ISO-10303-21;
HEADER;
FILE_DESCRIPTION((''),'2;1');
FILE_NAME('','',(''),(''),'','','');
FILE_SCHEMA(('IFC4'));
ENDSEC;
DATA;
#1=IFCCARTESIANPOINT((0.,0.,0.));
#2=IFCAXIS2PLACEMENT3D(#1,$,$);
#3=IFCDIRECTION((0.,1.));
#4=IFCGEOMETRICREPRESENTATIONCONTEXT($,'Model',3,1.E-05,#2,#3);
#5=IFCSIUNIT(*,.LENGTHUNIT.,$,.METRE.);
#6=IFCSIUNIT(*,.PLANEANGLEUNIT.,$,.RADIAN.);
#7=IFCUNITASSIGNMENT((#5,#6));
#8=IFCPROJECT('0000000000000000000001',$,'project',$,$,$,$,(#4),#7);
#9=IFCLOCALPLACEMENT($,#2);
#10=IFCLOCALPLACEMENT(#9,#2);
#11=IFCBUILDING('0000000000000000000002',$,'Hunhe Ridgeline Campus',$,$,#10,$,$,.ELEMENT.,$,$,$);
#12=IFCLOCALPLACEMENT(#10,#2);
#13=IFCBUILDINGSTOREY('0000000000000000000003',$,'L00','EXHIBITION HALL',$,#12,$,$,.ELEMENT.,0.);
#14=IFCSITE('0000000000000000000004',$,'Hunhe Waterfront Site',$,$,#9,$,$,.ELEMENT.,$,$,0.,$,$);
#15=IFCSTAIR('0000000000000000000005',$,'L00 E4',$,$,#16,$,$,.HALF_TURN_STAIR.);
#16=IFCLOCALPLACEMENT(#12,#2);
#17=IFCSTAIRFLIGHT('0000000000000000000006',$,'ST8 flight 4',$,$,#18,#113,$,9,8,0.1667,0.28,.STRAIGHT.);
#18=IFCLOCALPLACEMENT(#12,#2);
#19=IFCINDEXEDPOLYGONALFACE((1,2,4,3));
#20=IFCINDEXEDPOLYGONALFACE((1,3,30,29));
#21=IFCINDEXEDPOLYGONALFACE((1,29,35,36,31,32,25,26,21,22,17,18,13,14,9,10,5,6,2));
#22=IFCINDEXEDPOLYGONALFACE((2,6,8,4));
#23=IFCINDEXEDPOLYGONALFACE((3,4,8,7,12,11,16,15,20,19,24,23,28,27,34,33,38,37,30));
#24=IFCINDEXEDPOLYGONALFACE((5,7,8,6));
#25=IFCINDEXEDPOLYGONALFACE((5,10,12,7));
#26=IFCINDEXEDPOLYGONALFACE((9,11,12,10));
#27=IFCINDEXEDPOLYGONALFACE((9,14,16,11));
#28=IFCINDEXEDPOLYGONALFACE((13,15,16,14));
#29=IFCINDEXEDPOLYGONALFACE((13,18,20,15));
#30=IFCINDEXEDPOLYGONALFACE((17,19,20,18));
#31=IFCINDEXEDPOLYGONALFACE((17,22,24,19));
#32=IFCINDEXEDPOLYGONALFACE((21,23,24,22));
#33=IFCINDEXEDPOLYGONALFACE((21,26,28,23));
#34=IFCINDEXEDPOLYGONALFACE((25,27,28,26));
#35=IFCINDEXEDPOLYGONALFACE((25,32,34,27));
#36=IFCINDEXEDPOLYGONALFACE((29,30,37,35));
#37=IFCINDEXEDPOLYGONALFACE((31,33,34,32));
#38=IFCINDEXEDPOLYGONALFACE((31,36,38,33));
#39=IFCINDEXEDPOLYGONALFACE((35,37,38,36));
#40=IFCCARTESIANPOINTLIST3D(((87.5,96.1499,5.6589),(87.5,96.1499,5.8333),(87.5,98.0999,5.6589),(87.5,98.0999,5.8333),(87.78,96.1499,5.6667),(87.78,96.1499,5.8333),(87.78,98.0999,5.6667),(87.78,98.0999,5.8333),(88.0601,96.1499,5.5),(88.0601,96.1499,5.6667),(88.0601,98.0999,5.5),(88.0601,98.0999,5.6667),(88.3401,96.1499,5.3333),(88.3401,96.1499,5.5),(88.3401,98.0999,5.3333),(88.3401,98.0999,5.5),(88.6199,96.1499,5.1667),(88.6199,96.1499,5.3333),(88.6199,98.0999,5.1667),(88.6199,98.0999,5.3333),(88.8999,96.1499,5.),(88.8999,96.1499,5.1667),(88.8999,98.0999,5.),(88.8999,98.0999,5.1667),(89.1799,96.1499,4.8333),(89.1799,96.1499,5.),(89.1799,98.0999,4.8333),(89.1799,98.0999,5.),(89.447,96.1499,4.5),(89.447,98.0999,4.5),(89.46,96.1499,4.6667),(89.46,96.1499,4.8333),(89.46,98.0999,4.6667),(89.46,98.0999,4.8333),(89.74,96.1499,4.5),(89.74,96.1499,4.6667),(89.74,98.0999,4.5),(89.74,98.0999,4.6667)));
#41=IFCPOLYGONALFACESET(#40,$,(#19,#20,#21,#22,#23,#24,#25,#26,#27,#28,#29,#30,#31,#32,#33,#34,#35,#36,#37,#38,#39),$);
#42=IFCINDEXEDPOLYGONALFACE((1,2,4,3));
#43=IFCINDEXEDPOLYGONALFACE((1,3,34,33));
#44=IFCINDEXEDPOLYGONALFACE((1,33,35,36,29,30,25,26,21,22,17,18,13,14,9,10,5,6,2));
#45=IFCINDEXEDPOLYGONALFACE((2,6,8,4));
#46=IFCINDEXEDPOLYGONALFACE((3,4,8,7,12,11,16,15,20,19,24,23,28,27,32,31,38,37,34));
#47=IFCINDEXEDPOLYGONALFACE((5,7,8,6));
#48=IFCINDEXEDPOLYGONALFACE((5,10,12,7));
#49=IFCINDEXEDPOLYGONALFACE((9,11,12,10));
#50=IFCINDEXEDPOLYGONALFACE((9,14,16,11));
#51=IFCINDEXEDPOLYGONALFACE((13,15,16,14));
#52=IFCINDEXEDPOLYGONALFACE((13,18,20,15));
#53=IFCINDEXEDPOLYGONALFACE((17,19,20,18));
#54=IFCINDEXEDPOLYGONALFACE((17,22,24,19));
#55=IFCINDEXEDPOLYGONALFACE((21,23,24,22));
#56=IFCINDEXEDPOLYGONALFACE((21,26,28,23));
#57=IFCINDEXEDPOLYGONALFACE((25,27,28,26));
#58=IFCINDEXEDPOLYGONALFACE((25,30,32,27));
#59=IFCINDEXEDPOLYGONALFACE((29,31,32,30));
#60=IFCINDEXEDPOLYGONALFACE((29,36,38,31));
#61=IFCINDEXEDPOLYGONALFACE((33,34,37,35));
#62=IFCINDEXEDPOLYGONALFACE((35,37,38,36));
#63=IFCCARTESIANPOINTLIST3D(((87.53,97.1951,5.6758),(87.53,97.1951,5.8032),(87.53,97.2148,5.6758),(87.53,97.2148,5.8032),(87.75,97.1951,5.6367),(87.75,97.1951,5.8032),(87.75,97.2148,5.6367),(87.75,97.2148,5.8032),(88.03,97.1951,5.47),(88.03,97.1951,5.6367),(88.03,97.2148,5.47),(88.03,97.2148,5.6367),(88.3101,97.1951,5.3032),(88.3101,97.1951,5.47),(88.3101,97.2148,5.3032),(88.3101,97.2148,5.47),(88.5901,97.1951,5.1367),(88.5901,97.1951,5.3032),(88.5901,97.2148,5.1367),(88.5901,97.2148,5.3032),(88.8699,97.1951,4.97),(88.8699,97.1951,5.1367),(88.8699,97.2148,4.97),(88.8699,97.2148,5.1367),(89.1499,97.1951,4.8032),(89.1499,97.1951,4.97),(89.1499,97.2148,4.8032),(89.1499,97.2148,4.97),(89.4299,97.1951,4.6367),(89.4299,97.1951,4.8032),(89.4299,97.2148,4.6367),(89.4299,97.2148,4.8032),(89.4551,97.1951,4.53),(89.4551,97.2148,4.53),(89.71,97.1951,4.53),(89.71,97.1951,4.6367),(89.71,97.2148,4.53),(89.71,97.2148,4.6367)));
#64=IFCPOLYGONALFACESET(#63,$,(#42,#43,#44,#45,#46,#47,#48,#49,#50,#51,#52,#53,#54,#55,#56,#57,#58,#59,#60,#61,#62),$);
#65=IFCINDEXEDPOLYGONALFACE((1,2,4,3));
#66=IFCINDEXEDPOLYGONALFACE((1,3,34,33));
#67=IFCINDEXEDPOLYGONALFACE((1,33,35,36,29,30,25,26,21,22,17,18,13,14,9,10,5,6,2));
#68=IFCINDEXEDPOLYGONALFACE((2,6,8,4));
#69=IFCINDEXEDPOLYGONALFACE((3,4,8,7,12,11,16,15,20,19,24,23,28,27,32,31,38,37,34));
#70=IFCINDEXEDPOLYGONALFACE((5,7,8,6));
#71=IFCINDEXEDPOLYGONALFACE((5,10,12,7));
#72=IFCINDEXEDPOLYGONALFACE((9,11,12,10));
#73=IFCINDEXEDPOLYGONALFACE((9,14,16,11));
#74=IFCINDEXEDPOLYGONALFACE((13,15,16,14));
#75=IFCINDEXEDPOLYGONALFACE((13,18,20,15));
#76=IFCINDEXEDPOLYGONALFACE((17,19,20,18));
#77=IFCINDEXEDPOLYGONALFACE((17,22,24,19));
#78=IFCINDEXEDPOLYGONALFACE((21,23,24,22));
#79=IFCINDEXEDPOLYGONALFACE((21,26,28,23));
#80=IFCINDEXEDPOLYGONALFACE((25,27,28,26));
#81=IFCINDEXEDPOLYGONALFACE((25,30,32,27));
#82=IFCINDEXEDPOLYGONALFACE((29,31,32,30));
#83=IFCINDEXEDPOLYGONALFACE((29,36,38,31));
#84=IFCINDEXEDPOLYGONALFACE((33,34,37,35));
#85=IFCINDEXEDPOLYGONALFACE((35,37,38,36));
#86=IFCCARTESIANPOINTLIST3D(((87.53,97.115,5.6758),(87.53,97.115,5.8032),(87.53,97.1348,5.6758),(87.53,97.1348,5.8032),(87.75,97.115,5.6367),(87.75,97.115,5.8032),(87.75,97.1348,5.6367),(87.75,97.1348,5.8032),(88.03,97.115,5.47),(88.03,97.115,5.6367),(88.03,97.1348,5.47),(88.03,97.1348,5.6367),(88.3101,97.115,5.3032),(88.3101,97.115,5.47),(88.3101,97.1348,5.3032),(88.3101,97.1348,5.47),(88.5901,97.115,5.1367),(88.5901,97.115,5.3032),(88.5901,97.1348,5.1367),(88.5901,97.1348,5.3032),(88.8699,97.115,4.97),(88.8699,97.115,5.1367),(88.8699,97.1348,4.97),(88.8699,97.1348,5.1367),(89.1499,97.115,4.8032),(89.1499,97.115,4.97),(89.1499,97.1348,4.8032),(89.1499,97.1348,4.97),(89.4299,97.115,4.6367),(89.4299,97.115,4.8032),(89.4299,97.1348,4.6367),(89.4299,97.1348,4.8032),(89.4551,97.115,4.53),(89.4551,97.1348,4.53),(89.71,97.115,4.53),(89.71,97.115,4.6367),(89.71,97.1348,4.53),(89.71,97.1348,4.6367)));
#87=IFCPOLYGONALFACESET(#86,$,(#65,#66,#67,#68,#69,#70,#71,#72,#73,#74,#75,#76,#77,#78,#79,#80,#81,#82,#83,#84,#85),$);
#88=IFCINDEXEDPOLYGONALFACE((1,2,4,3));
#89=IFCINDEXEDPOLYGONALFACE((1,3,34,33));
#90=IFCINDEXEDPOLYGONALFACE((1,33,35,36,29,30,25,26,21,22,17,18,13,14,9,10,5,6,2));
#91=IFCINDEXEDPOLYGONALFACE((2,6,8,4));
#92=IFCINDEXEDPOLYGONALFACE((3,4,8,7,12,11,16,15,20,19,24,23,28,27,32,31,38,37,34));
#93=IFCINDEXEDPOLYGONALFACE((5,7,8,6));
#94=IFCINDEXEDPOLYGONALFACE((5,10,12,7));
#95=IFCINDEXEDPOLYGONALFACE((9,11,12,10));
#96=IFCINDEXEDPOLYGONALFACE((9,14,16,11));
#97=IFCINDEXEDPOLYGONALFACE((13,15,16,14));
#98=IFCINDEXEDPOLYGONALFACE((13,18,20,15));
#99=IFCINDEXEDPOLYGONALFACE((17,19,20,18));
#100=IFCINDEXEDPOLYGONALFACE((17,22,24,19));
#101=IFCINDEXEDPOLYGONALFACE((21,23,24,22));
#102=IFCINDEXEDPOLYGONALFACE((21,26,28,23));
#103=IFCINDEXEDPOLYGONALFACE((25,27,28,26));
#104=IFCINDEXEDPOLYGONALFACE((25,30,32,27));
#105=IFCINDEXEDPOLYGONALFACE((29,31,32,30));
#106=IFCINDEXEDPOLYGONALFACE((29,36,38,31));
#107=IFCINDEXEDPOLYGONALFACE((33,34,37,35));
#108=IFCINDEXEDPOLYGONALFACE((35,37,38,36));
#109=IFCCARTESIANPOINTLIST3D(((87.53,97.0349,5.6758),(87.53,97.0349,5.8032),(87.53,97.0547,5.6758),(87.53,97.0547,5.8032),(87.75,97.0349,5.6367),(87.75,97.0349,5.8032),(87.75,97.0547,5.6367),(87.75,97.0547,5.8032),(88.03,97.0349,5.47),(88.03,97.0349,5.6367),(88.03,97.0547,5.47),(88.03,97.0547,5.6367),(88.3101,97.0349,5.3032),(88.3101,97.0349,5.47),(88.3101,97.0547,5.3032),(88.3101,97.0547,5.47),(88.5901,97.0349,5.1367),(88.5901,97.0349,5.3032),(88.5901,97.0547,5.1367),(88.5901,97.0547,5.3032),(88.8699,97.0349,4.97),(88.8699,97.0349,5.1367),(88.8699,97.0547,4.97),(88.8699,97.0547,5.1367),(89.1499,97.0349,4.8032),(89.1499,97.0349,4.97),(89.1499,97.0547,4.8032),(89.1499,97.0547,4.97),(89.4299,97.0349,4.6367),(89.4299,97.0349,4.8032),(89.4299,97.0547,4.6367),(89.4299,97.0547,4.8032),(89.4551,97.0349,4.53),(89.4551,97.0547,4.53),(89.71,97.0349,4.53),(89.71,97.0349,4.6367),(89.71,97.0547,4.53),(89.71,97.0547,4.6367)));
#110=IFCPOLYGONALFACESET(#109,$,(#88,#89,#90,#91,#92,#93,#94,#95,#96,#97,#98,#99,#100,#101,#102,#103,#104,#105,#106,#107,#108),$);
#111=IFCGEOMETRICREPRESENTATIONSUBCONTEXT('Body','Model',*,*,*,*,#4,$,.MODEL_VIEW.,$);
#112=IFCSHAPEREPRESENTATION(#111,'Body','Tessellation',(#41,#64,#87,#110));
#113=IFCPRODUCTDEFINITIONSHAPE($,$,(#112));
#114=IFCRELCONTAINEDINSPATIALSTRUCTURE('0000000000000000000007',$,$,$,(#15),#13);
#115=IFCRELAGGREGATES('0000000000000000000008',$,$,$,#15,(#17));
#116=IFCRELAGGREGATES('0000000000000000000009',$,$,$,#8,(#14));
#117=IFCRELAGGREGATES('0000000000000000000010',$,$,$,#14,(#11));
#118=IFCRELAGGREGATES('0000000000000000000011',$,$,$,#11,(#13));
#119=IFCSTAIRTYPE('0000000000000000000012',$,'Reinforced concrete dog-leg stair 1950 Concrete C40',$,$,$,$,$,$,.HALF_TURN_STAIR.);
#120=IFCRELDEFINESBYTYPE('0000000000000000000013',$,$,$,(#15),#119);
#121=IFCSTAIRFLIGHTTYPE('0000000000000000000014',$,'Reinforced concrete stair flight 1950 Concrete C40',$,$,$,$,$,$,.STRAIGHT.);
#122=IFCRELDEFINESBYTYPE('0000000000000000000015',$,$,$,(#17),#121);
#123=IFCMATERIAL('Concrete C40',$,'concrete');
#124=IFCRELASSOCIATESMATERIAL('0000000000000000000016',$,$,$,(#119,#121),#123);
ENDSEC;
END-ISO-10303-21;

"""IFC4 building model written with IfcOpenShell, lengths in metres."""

from ifc_helpers import new_model, si_unit, direction, frame, origin, place, context, subcontext, project, spatial, polyline, outline, extrude, material, type_object, element, aggregate, save


model = new_model("IFC4")

# Units and contexts
model_context = context("Model", 3, precision=1e-05, world=origin(), true_north=direction((0.0, 1.0)))
body_context = subcontext(model_context, "Body", "Model", "MODEL_VIEW")
ifc_project = project(units=[si_unit("LENGTHUNIT", "METRE"), si_unit("PLANEANGLEUNIT", "RADIAN")], contexts=[model_context])

# Site, building, storey
site_placement = place(None, origin())
site = spatial("IfcSite", under=ifc_project, at=site_placement, Name="Hunhe Waterfront Site", CompositionType="ELEMENT", RefElevation=0.0)
building_placement = place(site_placement, origin())
building = spatial("IfcBuilding", under=site, at=building_placement, Name="Hunhe Ridgeline Campus", CompositionType="ELEMENT")
storey_placement = place(building_placement, origin())
storey = spatial("IfcBuildingStorey", under=building, at=storey_placement, Name="L00", Description="EXHIBITION HALL", CompositionType="ELEMENT", Elevation=0.0)

# Stair, stair flight
ifc_material_1 = material(Name="Concrete C40", Category="concrete")
stair_type = type_object("IfcStairType", Name="Reinforced concrete dog-leg stair 1950 Concrete C40", PredefinedType="HALF_TURN_STAIR", material=ifc_material_1)
stair_placement = place(storey_placement, origin())
stair = element("IfcStair", 1, at=stair_placement, inside=storey, type_object=stair_type, Name="L00 E4", PredefinedType="HALF_TURN_STAIR")
stair_flight_type = type_object("IfcStairFlightType", Name="Reinforced concrete stair flight 1950 Concrete C40", PredefinedType="STRAIGHT", material=ifc_material_1)
stair_flight_1_placement = place(storey_placement, frame((89.74, 97.125, 4.5), z_axis=(0.0, 0.0, 1.0), x_axis=(-1.0, 0.0, 0.0)))
stair_flight_1 = element("IfcStairFlight", 2, at=stair_flight_1_placement, type_object=stair_flight_type, Name="ST8 flight 4", NumberOfRisers=9, NumberOfTreads=8, PredefinedType="STRAIGHT", RiserHeight=0.1667, TreadLength=0.28, context=body_context, shape_type="SweptSolid", body=[
    extrude(outline(polyline([(0.0, 0.0), (0.0, 0.1667), (0.28, 0.1667), (0.28, 0.3333), (0.5601, 0.3333), (0.5601, 0.5), (0.8401, 0.5), (0.8401, 0.6667), (1.1201, 0.6667), (1.1201, 0.8333), (1.3999, 0.8333), (1.3999, 1.0), (1.6799, 1.0), (1.6799, 1.1667), (1.96, 1.1667), (1.96, 1.3333), (2.24, 1.3333), (2.24, 1.5), (2.24, 1.1589), (0.293, 0.0), (0.0, 0.0)])), frame((0.0, 0.9751, 0.0), z_axis=(0.0, -1.0, 0.0), x_axis=(1.0, 0.0, 0.0)), (0.0, 0.0, 1.0), 1.95),
    extrude(outline(polyline([(0.03, 0.03), (0.03, 0.1367), (0.3101, 0.1367), (0.3101, 0.3032), (0.5901, 0.3032), (0.5901, 0.47), (0.8701, 0.47), (0.8701, 0.6367), (1.1499, 0.6367), (1.1499, 0.8032), (1.4299, 0.8032), (1.4299, 0.97), (1.71, 0.97), (1.71, 1.1367), (1.99, 1.1367), (1.99, 1.3032), (2.21, 1.3032), (2.21, 1.1758), (0.2849, 0.03), (0.03, 0.03)])), frame((0.0, -0.0701, 0.0), z_axis=(0.0, -1.0, 0.0), x_axis=(1.0, 0.0, 0.0)), (0.0, 0.0, 1.0), 0.0198),
    extrude(outline(polyline([(0.03, 0.03), (0.03, 0.1367), (0.3101, 0.1367), (0.3101, 0.3032), (0.5901, 0.3032), (0.5901, 0.47), (0.8701, 0.47), (0.8701, 0.6367), (1.1499, 0.6367), (1.1499, 0.8032), (1.4299, 0.8032), (1.4299, 0.97), (1.71, 0.97), (1.71, 1.1367), (1.99, 1.1367), (1.99, 1.3032), (2.21, 1.3032), (2.21, 1.1758), (0.2849, 0.03), (0.03, 0.03)])), frame((0.0, 0.01, 0.0), z_axis=(0.0, -1.0, 0.0), x_axis=(1.0, 0.0, 0.0)), (0.0, 0.0, 1.0), 0.0198),
    extrude(outline(polyline([(0.03, 0.03), (0.03, 0.1367), (0.3101, 0.1367), (0.3101, 0.3032), (0.5901, 0.3032), (0.5901, 0.47), (0.8701, 0.47), (0.8701, 0.6367), (1.1499, 0.6367), (1.1499, 0.8032), (1.4299, 0.8032), (1.4299, 0.97), (1.71, 0.97), (1.71, 1.1367), (1.99, 1.1367), (1.99, 1.3032), (2.21, 1.3032), (2.21, 1.1758), (0.2849, 0.03), (0.03, 0.03)])), frame((0.0, 0.0901, 0.0), z_axis=(0.0, -1.0, 0.0), x_axis=(1.0, 0.0, 0.0)), (0.0, 0.0, 1.0), 0.0198),
])
aggregate(stair, [stair_flight_1])

save(model, "model.ifc")
